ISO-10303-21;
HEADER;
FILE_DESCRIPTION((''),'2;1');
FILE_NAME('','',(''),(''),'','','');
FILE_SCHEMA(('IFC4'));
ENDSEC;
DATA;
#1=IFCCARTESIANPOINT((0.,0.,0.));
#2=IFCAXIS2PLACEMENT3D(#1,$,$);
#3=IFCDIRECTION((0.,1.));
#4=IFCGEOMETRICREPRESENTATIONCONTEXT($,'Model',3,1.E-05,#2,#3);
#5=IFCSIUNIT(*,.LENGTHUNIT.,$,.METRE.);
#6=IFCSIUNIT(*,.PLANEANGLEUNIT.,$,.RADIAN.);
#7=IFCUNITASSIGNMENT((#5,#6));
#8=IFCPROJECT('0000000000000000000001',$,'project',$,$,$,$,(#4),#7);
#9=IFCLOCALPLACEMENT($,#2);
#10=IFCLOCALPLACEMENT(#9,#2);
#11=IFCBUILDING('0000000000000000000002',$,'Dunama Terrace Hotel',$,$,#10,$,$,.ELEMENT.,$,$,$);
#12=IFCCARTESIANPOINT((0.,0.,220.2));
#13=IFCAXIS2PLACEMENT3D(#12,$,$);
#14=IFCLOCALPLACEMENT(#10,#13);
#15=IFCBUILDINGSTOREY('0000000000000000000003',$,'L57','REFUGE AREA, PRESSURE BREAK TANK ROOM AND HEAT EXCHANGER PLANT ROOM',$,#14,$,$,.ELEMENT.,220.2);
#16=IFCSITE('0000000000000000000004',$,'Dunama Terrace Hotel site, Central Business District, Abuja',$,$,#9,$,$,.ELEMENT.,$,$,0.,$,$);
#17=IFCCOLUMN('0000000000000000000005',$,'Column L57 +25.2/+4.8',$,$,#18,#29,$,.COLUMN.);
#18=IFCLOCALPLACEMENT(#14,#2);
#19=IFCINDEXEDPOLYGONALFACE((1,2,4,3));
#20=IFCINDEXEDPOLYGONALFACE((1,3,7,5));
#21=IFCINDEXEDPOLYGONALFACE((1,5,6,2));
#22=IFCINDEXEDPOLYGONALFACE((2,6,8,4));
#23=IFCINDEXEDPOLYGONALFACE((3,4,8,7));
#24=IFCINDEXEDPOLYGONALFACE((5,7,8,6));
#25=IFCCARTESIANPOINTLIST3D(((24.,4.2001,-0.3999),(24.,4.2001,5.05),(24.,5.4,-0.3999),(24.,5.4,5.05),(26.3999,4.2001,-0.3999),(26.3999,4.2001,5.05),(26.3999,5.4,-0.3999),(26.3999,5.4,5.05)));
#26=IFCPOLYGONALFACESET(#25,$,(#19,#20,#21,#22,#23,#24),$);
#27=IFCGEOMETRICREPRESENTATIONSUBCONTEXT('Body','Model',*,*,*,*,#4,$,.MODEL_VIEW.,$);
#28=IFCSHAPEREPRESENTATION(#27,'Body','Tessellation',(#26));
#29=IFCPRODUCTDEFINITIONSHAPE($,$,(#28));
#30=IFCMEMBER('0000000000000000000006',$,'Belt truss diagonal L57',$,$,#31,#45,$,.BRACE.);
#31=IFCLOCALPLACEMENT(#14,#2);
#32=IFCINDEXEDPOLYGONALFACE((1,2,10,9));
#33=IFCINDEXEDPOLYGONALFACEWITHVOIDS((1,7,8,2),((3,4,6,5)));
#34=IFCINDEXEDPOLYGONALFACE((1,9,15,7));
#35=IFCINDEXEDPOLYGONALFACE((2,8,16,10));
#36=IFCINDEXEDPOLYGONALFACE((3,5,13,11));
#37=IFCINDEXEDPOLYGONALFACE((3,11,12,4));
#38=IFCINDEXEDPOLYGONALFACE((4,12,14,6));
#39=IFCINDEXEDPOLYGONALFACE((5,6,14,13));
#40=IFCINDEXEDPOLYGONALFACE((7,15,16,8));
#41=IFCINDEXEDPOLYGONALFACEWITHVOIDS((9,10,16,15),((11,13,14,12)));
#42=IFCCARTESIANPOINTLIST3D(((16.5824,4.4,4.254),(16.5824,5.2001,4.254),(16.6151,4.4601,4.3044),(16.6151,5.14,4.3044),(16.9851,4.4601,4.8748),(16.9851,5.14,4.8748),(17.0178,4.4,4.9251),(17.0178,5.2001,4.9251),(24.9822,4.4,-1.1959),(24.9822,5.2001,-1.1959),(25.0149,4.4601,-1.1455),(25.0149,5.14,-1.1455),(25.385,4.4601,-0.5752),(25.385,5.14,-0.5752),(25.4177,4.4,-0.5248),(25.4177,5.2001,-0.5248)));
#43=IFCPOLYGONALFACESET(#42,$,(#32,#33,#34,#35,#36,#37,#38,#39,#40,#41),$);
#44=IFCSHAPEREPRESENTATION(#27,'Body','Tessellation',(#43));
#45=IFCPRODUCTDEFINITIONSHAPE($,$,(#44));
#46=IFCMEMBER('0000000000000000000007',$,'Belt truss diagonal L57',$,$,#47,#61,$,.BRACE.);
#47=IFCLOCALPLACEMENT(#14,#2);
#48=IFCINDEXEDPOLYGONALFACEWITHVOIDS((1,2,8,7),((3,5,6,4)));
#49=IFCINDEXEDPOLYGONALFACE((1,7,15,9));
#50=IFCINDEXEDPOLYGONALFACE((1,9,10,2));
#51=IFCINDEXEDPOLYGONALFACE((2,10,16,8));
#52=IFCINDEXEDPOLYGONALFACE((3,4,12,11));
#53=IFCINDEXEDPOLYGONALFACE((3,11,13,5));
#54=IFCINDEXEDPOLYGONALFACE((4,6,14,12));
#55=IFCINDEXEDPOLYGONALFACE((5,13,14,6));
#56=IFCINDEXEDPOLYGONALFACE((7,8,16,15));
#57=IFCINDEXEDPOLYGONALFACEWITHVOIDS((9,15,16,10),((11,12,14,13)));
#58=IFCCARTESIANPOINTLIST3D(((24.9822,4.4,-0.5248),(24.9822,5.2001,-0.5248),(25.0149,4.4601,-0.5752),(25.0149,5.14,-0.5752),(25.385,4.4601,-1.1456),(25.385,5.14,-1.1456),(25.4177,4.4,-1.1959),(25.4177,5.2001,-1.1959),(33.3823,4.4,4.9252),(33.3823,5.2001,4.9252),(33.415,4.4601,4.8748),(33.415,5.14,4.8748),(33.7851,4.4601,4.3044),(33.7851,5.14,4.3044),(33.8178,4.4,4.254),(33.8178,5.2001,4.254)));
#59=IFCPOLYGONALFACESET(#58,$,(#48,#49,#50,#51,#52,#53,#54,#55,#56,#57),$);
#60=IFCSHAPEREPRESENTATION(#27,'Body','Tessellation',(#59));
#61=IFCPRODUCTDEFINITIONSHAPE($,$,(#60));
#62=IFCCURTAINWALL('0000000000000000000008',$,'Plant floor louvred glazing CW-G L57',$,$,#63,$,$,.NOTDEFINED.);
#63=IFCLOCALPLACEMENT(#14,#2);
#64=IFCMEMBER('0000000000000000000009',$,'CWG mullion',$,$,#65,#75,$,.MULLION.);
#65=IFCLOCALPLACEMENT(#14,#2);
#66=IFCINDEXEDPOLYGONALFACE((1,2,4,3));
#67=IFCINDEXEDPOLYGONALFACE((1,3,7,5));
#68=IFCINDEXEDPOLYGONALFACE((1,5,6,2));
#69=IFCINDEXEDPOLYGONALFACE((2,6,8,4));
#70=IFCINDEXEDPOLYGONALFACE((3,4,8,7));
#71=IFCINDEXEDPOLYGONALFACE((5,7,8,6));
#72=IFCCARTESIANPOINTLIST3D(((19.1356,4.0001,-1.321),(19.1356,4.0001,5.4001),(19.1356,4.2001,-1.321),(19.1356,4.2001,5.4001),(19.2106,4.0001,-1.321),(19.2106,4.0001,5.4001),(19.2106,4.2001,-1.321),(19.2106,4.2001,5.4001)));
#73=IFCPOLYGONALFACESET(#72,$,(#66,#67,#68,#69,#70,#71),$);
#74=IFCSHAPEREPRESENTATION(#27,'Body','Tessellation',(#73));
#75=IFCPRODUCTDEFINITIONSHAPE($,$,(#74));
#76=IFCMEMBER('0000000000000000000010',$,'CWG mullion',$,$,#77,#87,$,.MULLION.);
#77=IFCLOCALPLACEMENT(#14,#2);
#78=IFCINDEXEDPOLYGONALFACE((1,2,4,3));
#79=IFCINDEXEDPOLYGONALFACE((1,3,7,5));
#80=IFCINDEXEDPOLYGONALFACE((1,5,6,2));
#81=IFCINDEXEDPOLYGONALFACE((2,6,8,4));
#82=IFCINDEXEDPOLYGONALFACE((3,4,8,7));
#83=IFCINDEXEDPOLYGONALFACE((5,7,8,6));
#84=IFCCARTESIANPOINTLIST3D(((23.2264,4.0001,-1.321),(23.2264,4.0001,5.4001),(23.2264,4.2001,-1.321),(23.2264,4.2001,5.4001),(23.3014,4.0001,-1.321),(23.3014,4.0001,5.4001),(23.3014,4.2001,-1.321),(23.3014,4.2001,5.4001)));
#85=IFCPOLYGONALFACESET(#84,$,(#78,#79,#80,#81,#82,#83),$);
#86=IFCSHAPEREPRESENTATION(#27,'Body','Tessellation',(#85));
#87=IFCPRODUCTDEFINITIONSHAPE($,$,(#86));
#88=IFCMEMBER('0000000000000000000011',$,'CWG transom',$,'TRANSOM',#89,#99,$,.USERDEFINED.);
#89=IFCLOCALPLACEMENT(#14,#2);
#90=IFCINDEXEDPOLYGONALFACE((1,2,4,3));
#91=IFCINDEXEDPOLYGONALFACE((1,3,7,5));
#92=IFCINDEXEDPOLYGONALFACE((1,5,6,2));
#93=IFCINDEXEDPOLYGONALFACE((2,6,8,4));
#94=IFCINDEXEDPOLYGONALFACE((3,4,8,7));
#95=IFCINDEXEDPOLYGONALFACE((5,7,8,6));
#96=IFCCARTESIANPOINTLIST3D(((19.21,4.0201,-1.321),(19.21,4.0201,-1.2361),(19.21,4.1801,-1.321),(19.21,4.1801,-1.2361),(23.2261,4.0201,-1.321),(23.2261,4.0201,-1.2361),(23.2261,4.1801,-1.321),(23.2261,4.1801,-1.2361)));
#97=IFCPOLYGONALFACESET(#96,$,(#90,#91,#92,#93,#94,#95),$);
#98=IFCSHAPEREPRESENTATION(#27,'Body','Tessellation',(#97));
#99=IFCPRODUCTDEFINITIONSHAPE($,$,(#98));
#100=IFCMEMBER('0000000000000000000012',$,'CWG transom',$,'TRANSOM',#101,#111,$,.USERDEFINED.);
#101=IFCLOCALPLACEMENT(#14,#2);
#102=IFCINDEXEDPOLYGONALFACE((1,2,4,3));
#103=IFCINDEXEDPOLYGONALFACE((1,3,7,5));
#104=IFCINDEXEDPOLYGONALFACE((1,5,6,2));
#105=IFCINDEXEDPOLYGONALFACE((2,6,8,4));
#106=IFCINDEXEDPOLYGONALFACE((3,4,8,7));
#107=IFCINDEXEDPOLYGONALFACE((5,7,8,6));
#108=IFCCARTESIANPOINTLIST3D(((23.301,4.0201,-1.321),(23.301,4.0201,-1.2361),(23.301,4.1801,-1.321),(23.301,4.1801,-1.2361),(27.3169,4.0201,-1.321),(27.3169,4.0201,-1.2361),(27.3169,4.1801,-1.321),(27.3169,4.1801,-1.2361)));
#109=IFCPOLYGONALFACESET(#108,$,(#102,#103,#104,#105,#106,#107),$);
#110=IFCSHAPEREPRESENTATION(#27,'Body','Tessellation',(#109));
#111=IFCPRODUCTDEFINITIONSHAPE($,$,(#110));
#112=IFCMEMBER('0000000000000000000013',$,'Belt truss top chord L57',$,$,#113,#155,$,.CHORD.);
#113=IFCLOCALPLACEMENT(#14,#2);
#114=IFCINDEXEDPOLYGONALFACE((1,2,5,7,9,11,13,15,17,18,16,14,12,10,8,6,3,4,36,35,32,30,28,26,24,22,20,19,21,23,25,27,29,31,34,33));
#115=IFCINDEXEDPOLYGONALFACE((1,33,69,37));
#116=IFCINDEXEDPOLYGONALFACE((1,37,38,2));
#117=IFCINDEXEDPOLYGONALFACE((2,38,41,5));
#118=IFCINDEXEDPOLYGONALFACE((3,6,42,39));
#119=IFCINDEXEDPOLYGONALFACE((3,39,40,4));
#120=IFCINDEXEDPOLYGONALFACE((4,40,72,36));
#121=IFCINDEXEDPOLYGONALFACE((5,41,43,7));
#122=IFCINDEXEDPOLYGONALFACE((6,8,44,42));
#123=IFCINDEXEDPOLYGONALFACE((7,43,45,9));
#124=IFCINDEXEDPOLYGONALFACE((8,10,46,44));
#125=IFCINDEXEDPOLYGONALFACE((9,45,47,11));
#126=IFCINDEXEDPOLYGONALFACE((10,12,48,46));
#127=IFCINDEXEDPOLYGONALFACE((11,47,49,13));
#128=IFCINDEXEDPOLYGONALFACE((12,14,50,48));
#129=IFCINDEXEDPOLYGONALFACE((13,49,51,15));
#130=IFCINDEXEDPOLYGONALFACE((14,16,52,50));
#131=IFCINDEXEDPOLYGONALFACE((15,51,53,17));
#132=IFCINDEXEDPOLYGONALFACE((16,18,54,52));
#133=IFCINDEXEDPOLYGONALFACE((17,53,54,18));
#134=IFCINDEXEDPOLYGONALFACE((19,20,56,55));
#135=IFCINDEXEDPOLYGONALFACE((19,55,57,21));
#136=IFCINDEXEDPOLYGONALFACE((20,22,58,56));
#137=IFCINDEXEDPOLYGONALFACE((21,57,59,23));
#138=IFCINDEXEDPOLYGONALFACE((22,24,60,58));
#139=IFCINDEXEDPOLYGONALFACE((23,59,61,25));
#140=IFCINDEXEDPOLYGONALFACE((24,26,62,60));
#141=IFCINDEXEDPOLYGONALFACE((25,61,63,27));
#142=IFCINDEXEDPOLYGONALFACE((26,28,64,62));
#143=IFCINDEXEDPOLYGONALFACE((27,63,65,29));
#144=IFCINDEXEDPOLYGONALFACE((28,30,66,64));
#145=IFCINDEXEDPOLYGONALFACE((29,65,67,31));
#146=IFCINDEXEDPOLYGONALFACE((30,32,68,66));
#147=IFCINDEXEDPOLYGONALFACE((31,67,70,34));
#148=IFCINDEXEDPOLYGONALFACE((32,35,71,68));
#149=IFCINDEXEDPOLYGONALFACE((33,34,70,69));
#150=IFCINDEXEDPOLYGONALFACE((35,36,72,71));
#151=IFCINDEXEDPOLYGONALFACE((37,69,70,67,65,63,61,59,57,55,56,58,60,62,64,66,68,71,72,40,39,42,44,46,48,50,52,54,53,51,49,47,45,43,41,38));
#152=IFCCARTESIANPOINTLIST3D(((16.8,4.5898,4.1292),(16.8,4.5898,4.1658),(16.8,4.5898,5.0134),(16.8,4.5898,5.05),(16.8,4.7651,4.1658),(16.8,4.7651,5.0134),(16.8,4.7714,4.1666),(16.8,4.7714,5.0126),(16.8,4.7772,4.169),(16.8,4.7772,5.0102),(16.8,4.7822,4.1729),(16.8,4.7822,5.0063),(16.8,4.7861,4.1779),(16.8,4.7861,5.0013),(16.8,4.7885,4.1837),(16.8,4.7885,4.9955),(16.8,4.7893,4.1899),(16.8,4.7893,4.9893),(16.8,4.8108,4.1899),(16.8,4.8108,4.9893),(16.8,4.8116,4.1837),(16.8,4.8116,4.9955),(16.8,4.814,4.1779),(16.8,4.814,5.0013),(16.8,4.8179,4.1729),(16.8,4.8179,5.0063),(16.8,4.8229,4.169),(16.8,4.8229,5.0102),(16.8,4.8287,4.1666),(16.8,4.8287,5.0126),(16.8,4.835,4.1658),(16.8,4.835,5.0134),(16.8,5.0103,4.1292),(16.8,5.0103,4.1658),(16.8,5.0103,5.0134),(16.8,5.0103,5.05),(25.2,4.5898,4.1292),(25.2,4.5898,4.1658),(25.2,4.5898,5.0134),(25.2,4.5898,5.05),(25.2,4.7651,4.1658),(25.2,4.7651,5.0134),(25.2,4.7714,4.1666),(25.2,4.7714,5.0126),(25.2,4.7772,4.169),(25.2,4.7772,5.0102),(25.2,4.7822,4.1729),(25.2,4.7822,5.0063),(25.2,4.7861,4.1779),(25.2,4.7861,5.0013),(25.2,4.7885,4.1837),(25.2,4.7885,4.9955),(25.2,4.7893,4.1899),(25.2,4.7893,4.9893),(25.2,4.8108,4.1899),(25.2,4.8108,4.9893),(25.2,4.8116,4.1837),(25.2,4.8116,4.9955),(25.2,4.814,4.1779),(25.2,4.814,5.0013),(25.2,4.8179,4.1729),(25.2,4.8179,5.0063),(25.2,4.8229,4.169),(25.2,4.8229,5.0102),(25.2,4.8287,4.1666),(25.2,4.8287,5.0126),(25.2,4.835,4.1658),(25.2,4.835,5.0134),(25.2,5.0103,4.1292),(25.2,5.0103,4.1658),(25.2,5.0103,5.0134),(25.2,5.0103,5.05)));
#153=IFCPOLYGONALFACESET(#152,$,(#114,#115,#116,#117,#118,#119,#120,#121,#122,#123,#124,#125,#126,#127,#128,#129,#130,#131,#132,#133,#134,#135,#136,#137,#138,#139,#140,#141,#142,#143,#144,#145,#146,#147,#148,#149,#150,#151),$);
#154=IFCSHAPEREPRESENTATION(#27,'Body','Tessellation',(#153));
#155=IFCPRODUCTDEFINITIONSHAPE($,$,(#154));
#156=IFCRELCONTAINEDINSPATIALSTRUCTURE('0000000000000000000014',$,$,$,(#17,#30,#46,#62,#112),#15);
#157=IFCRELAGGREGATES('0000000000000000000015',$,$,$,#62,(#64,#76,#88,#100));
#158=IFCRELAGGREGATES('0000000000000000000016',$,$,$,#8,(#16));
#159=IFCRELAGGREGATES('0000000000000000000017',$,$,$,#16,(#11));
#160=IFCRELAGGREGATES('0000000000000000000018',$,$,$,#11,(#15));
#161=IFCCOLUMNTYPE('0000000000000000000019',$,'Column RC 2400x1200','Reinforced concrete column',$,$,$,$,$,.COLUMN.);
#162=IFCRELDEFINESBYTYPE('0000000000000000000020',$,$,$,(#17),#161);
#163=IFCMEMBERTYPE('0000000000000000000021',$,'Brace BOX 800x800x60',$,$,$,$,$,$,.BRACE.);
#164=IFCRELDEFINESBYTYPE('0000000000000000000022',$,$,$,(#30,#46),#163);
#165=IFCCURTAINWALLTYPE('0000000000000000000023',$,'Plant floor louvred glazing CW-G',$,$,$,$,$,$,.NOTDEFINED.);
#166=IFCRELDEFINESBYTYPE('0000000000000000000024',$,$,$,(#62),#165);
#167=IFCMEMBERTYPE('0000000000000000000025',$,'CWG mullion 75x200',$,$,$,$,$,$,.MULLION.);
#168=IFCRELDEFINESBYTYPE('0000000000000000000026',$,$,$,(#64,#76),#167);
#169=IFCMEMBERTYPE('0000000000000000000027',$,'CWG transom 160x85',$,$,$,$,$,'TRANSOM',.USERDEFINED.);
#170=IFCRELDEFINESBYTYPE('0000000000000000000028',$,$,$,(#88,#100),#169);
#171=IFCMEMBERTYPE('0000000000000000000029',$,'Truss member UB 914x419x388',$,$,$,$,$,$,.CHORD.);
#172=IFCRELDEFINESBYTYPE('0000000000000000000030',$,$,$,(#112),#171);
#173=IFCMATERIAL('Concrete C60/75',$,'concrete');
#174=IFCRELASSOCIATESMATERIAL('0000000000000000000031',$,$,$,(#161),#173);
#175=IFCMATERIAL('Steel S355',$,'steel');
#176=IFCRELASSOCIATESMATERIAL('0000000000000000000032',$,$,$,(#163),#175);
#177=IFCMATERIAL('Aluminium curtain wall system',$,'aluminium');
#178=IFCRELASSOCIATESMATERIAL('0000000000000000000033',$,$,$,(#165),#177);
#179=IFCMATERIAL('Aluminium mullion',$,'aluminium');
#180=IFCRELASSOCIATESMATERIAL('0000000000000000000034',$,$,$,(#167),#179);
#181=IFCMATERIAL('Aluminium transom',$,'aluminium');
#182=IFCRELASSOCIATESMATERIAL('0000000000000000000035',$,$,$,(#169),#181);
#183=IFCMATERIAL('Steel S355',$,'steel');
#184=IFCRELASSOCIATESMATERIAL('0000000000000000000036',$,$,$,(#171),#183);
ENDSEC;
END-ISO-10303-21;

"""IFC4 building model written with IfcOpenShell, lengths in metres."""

from ifc_helpers import new_model, si_unit, direction, frame, origin, origin_2d, place, context, subcontext, project, spatial, rectangle, hollow_rectangle, i_section, extrude, material, material_profile, profile_set, type_object, element, aggregate, save


model = new_model("IFC4")

# Units and contexts
model_context = context("Model", 3, precision=1e-05, world=origin(), true_north=direction((0.0, 1.0)))
body_context = subcontext(model_context, "Body", "Model", "MODEL_VIEW")
ifc_project = project(units=[si_unit("LENGTHUNIT", "METRE"), si_unit("PLANEANGLEUNIT", "RADIAN")], contexts=[model_context])

# Site, building, storey
site_placement = place(None, origin())
site = spatial("IfcSite", under=ifc_project, at=site_placement, Name="Dunama Terrace Hotel site, Central Business District, Abuja", CompositionType="ELEMENT", RefElevation=0.0)
building_placement = place(site_placement, origin())
building = spatial("IfcBuilding", under=site, at=building_placement, Name="Dunama Terrace Hotel", CompositionType="ELEMENT")
storey_placement = place(building_placement, frame((0.0, 0.0, 220.2)))
storey = spatial("IfcBuildingStorey", under=building, at=storey_placement, Name="L57", Description="REFUGE AREA, PRESSURE BREAK TANK ROOM AND HEAT EXCHANGER PLANT ROOM", CompositionType="ELEMENT", Elevation=220.2)

# Column
ifc_material_1 = material(Name="Concrete C60/75", Category="concrete")
ifc_material_profile_1 = material_profile(ifc_material_1, rectangle(XDim=2.3999, YDim=1.2, at=origin_2d()), Name="RC 2400x1200")
ifc_profile_set_1 = profile_set([ifc_material_profile_1], Name="Concrete C60/75")
column_type = type_object("IfcColumnType", Name="Column RC 2400x1200", Description="Reinforced concrete column", PredefinedType="COLUMN", material=ifc_profile_set_1)
column_placement = place(storey_placement, frame((25.2, 4.8, -0.3999), z_axis=(0.0, 0.0, 1.0), x_axis=(1.0, 0.0, 0.0)))
element("IfcColumn", 1, at=column_placement, inside=storey, type_object=column_type, Name="Column L57 +25.2/+4.8", PredefinedType="COLUMN", context=body_context, shape_type="SweptSolid", body=[
    extrude(rectangle(XDim=2.3999, YDim=1.2, at=origin_2d()), origin(), (0.0, 0.0, 1.0), 5.45),
])

# Members
ifc_material_2 = material(Name="Steel S355", Category="steel")
ifc_material_profile_2 = material_profile(ifc_material_2, hollow_rectangle(XDim=0.8, YDim=0.8, WallThickness=0.0601, at=origin_2d()), Name="BOX 800x800x60")
ifc_profile_set_2 = profile_set([ifc_material_profile_2], Name="Steel S355")
member_type_1 = type_object("IfcMemberType", Name="Brace BOX 800x800x60", PredefinedType="BRACE", material=ifc_profile_set_2)
member_1_placement = place(storey_placement, frame((25.2, 4.8, -0.8604), z_axis=(-0.838899, 0.0, 0.544287), x_axis=(0.0, -1.0, 0.0)))
element("IfcMember", 2, at=member_1_placement, inside=storey, type_object=member_type_1, Name="Belt truss diagonal L57", PredefinedType="BRACE", context=body_context, shape_type="SweptSolid", body=[
    extrude(hollow_rectangle(XDim=0.8, YDim=0.8, WallThickness=0.0601, at=origin_2d()), origin(), (0.0, 0.0, 1.0), 10.0129),
])
member_2_placement = place(storey_placement, frame((25.2, 4.8, -0.8604), z_axis=(0.838906, 0.0, 0.544276), x_axis=(0.0, 1.0, 0.0)))
element("IfcMember", 3, at=member_2_placement, inside=storey, type_object=member_type_1, Name="Belt truss diagonal L57", PredefinedType="BRACE", context=body_context, shape_type="SweptSolid", body=[
    extrude(hollow_rectangle(XDim=0.8, YDim=0.8, WallThickness=0.0601, at=origin_2d()), origin(), (0.0, 0.0, 1.0), 10.0132),
])

# Curtain wall, members
ifc_material_3 = material(Name="Aluminium curtain wall system", Category="aluminium")
curtain_wall_type = type_object("IfcCurtainWallType", Name="Plant floor louvred glazing CW-G", PredefinedType="NOTDEFINED", material=ifc_material_3)
curtain_wall_placement = place(storey_placement, origin())
curtain_wall = element("IfcCurtainWall", 4, at=curtain_wall_placement, inside=storey, type_object=curtain_wall_type, Name="Plant floor louvred glazing CW-G L57", PredefinedType="NOTDEFINED")
ifc_material_4 = material(Name="Aluminium mullion", Category="aluminium")
ifc_material_profile_3 = material_profile(ifc_material_4, rectangle(XDim=0.075, YDim=0.2, at=origin_2d()), Name="CWG MULLION 75X200")
ifc_profile_set_3 = profile_set([ifc_material_profile_3], Name="Aluminium mullion")
member_type_2 = type_object("IfcMemberType", Name="CWG mullion 75x200", PredefinedType="MULLION", material=ifc_profile_set_3)
member_3_placement = place(storey_placement, frame((19.1731, 4.1001, -1.321), z_axis=(0.0, 0.0, 1.0), x_axis=(1.0, 0.0, 0.0)))
member_3 = element("IfcMember", 5, at=member_3_placement, type_object=member_type_2, Name="CWG mullion", PredefinedType="MULLION", context=body_context, shape_type="SweptSolid", body=[
    extrude(rectangle(XDim=0.075, YDim=0.2, at=origin_2d()), origin(), (0.0, 0.0, 1.0), 6.7212),
])
member_4_placement = place(storey_placement, frame((23.2639, 4.1001, -1.321), z_axis=(0.0, 0.0, 1.0), x_axis=(1.0, 0.0, 0.0)))
member_4 = element("IfcMember", 6, at=member_4_placement, type_object=member_type_2, Name="CWG mullion", PredefinedType="MULLION", context=body_context, shape_type="SweptSolid", body=[
    extrude(rectangle(XDim=0.075, YDim=0.2, at=origin_2d()), origin(), (0.0, 0.0, 1.0), 6.7212),
])
ifc_material_5 = material(Name="Aluminium transom", Category="aluminium")
ifc_material_profile_4 = material_profile(ifc_material_5, rectangle(XDim=0.1599, YDim=0.085, at=origin_2d()), Name="CWG TRANSOM 160X85")
ifc_profile_set_4 = profile_set([ifc_material_profile_4], Name="Aluminium transom")
member_type_3 = type_object("IfcMemberType", Name="CWG transom 160x85", ElementType="TRANSOM", PredefinedType="USERDEFINED", material=ifc_profile_set_4)
member_5_placement = place(storey_placement, frame((19.21, 4.1001, -1.2786), z_axis=(1.0, 0.0, 0.0), x_axis=(0.0, 1.0, 0.0)))
member_5 = element("IfcMember", 7, at=member_5_placement, type_object=member_type_3, Name="CWG transom", ObjectType="TRANSOM", PredefinedType="USERDEFINED", context=body_context, shape_type="SweptSolid", body=[
    extrude(rectangle(XDim=0.1599, YDim=0.085, at=origin_2d()), origin(), (0.0, 0.0, 1.0), 4.0161),
])
member_6_placement = place(storey_placement, frame((23.301, 4.1001, -1.2786), z_axis=(1.0, 0.0, 0.0), x_axis=(0.0, 1.0, 0.0)))
member_6 = element("IfcMember", 8, at=member_6_placement, type_object=member_type_3, Name="CWG transom", ObjectType="TRANSOM", PredefinedType="USERDEFINED", context=body_context, shape_type="SweptSolid", body=[
    extrude(rectangle(XDim=0.1599, YDim=0.085, at=origin_2d()), origin(), (0.0, 0.0, 1.0), 4.0159),
])

# Member
ifc_material_6 = material(Name="Steel S355", Category="steel")
ifc_material_profile_5 = material_profile(ifc_material_6, i_section(OverallWidth=0.4204, OverallDepth=0.9209, WebThickness=0.0215, FlangeThickness=0.0366, FilletRadius=0.0242, at=origin_2d()), Name="UB 914x419x388")
ifc_profile_set_5 = profile_set([ifc_material_profile_5], Name="Steel S355")
member_type_4 = type_object("IfcMemberType", Name="Truss member UB 914x419x388", PredefinedType="CHORD", material=ifc_profile_set_5)
for number, where, z_axis, x_axis, name in (
    (9, (16.8, 4.8, 4.5896), (1.0, 0.0, 0.0), (0.0, 1.0, 0.0), "Belt truss top chord L57"),
):
    element("IfcMember", number, at=place(storey_placement, frame(where, z_axis=z_axis, x_axis=x_axis)), inside=storey, type_object=member_type_4, Name=name, PredefinedType="CHORD", context=body_context, shape_type="SweptSolid", body=[
        extrude(i_section(OverallWidth=0.4204, OverallDepth=0.9209, WebThickness=0.0215, FlangeThickness=0.0366, FilletRadius=0.0242, at=origin_2d()), origin(), (0.0, 0.0, 1.0), 8.3999),
    ])

aggregate(curtain_wall, [member_3, member_4, member_5, member_6])

save(model, "model.ifc")
